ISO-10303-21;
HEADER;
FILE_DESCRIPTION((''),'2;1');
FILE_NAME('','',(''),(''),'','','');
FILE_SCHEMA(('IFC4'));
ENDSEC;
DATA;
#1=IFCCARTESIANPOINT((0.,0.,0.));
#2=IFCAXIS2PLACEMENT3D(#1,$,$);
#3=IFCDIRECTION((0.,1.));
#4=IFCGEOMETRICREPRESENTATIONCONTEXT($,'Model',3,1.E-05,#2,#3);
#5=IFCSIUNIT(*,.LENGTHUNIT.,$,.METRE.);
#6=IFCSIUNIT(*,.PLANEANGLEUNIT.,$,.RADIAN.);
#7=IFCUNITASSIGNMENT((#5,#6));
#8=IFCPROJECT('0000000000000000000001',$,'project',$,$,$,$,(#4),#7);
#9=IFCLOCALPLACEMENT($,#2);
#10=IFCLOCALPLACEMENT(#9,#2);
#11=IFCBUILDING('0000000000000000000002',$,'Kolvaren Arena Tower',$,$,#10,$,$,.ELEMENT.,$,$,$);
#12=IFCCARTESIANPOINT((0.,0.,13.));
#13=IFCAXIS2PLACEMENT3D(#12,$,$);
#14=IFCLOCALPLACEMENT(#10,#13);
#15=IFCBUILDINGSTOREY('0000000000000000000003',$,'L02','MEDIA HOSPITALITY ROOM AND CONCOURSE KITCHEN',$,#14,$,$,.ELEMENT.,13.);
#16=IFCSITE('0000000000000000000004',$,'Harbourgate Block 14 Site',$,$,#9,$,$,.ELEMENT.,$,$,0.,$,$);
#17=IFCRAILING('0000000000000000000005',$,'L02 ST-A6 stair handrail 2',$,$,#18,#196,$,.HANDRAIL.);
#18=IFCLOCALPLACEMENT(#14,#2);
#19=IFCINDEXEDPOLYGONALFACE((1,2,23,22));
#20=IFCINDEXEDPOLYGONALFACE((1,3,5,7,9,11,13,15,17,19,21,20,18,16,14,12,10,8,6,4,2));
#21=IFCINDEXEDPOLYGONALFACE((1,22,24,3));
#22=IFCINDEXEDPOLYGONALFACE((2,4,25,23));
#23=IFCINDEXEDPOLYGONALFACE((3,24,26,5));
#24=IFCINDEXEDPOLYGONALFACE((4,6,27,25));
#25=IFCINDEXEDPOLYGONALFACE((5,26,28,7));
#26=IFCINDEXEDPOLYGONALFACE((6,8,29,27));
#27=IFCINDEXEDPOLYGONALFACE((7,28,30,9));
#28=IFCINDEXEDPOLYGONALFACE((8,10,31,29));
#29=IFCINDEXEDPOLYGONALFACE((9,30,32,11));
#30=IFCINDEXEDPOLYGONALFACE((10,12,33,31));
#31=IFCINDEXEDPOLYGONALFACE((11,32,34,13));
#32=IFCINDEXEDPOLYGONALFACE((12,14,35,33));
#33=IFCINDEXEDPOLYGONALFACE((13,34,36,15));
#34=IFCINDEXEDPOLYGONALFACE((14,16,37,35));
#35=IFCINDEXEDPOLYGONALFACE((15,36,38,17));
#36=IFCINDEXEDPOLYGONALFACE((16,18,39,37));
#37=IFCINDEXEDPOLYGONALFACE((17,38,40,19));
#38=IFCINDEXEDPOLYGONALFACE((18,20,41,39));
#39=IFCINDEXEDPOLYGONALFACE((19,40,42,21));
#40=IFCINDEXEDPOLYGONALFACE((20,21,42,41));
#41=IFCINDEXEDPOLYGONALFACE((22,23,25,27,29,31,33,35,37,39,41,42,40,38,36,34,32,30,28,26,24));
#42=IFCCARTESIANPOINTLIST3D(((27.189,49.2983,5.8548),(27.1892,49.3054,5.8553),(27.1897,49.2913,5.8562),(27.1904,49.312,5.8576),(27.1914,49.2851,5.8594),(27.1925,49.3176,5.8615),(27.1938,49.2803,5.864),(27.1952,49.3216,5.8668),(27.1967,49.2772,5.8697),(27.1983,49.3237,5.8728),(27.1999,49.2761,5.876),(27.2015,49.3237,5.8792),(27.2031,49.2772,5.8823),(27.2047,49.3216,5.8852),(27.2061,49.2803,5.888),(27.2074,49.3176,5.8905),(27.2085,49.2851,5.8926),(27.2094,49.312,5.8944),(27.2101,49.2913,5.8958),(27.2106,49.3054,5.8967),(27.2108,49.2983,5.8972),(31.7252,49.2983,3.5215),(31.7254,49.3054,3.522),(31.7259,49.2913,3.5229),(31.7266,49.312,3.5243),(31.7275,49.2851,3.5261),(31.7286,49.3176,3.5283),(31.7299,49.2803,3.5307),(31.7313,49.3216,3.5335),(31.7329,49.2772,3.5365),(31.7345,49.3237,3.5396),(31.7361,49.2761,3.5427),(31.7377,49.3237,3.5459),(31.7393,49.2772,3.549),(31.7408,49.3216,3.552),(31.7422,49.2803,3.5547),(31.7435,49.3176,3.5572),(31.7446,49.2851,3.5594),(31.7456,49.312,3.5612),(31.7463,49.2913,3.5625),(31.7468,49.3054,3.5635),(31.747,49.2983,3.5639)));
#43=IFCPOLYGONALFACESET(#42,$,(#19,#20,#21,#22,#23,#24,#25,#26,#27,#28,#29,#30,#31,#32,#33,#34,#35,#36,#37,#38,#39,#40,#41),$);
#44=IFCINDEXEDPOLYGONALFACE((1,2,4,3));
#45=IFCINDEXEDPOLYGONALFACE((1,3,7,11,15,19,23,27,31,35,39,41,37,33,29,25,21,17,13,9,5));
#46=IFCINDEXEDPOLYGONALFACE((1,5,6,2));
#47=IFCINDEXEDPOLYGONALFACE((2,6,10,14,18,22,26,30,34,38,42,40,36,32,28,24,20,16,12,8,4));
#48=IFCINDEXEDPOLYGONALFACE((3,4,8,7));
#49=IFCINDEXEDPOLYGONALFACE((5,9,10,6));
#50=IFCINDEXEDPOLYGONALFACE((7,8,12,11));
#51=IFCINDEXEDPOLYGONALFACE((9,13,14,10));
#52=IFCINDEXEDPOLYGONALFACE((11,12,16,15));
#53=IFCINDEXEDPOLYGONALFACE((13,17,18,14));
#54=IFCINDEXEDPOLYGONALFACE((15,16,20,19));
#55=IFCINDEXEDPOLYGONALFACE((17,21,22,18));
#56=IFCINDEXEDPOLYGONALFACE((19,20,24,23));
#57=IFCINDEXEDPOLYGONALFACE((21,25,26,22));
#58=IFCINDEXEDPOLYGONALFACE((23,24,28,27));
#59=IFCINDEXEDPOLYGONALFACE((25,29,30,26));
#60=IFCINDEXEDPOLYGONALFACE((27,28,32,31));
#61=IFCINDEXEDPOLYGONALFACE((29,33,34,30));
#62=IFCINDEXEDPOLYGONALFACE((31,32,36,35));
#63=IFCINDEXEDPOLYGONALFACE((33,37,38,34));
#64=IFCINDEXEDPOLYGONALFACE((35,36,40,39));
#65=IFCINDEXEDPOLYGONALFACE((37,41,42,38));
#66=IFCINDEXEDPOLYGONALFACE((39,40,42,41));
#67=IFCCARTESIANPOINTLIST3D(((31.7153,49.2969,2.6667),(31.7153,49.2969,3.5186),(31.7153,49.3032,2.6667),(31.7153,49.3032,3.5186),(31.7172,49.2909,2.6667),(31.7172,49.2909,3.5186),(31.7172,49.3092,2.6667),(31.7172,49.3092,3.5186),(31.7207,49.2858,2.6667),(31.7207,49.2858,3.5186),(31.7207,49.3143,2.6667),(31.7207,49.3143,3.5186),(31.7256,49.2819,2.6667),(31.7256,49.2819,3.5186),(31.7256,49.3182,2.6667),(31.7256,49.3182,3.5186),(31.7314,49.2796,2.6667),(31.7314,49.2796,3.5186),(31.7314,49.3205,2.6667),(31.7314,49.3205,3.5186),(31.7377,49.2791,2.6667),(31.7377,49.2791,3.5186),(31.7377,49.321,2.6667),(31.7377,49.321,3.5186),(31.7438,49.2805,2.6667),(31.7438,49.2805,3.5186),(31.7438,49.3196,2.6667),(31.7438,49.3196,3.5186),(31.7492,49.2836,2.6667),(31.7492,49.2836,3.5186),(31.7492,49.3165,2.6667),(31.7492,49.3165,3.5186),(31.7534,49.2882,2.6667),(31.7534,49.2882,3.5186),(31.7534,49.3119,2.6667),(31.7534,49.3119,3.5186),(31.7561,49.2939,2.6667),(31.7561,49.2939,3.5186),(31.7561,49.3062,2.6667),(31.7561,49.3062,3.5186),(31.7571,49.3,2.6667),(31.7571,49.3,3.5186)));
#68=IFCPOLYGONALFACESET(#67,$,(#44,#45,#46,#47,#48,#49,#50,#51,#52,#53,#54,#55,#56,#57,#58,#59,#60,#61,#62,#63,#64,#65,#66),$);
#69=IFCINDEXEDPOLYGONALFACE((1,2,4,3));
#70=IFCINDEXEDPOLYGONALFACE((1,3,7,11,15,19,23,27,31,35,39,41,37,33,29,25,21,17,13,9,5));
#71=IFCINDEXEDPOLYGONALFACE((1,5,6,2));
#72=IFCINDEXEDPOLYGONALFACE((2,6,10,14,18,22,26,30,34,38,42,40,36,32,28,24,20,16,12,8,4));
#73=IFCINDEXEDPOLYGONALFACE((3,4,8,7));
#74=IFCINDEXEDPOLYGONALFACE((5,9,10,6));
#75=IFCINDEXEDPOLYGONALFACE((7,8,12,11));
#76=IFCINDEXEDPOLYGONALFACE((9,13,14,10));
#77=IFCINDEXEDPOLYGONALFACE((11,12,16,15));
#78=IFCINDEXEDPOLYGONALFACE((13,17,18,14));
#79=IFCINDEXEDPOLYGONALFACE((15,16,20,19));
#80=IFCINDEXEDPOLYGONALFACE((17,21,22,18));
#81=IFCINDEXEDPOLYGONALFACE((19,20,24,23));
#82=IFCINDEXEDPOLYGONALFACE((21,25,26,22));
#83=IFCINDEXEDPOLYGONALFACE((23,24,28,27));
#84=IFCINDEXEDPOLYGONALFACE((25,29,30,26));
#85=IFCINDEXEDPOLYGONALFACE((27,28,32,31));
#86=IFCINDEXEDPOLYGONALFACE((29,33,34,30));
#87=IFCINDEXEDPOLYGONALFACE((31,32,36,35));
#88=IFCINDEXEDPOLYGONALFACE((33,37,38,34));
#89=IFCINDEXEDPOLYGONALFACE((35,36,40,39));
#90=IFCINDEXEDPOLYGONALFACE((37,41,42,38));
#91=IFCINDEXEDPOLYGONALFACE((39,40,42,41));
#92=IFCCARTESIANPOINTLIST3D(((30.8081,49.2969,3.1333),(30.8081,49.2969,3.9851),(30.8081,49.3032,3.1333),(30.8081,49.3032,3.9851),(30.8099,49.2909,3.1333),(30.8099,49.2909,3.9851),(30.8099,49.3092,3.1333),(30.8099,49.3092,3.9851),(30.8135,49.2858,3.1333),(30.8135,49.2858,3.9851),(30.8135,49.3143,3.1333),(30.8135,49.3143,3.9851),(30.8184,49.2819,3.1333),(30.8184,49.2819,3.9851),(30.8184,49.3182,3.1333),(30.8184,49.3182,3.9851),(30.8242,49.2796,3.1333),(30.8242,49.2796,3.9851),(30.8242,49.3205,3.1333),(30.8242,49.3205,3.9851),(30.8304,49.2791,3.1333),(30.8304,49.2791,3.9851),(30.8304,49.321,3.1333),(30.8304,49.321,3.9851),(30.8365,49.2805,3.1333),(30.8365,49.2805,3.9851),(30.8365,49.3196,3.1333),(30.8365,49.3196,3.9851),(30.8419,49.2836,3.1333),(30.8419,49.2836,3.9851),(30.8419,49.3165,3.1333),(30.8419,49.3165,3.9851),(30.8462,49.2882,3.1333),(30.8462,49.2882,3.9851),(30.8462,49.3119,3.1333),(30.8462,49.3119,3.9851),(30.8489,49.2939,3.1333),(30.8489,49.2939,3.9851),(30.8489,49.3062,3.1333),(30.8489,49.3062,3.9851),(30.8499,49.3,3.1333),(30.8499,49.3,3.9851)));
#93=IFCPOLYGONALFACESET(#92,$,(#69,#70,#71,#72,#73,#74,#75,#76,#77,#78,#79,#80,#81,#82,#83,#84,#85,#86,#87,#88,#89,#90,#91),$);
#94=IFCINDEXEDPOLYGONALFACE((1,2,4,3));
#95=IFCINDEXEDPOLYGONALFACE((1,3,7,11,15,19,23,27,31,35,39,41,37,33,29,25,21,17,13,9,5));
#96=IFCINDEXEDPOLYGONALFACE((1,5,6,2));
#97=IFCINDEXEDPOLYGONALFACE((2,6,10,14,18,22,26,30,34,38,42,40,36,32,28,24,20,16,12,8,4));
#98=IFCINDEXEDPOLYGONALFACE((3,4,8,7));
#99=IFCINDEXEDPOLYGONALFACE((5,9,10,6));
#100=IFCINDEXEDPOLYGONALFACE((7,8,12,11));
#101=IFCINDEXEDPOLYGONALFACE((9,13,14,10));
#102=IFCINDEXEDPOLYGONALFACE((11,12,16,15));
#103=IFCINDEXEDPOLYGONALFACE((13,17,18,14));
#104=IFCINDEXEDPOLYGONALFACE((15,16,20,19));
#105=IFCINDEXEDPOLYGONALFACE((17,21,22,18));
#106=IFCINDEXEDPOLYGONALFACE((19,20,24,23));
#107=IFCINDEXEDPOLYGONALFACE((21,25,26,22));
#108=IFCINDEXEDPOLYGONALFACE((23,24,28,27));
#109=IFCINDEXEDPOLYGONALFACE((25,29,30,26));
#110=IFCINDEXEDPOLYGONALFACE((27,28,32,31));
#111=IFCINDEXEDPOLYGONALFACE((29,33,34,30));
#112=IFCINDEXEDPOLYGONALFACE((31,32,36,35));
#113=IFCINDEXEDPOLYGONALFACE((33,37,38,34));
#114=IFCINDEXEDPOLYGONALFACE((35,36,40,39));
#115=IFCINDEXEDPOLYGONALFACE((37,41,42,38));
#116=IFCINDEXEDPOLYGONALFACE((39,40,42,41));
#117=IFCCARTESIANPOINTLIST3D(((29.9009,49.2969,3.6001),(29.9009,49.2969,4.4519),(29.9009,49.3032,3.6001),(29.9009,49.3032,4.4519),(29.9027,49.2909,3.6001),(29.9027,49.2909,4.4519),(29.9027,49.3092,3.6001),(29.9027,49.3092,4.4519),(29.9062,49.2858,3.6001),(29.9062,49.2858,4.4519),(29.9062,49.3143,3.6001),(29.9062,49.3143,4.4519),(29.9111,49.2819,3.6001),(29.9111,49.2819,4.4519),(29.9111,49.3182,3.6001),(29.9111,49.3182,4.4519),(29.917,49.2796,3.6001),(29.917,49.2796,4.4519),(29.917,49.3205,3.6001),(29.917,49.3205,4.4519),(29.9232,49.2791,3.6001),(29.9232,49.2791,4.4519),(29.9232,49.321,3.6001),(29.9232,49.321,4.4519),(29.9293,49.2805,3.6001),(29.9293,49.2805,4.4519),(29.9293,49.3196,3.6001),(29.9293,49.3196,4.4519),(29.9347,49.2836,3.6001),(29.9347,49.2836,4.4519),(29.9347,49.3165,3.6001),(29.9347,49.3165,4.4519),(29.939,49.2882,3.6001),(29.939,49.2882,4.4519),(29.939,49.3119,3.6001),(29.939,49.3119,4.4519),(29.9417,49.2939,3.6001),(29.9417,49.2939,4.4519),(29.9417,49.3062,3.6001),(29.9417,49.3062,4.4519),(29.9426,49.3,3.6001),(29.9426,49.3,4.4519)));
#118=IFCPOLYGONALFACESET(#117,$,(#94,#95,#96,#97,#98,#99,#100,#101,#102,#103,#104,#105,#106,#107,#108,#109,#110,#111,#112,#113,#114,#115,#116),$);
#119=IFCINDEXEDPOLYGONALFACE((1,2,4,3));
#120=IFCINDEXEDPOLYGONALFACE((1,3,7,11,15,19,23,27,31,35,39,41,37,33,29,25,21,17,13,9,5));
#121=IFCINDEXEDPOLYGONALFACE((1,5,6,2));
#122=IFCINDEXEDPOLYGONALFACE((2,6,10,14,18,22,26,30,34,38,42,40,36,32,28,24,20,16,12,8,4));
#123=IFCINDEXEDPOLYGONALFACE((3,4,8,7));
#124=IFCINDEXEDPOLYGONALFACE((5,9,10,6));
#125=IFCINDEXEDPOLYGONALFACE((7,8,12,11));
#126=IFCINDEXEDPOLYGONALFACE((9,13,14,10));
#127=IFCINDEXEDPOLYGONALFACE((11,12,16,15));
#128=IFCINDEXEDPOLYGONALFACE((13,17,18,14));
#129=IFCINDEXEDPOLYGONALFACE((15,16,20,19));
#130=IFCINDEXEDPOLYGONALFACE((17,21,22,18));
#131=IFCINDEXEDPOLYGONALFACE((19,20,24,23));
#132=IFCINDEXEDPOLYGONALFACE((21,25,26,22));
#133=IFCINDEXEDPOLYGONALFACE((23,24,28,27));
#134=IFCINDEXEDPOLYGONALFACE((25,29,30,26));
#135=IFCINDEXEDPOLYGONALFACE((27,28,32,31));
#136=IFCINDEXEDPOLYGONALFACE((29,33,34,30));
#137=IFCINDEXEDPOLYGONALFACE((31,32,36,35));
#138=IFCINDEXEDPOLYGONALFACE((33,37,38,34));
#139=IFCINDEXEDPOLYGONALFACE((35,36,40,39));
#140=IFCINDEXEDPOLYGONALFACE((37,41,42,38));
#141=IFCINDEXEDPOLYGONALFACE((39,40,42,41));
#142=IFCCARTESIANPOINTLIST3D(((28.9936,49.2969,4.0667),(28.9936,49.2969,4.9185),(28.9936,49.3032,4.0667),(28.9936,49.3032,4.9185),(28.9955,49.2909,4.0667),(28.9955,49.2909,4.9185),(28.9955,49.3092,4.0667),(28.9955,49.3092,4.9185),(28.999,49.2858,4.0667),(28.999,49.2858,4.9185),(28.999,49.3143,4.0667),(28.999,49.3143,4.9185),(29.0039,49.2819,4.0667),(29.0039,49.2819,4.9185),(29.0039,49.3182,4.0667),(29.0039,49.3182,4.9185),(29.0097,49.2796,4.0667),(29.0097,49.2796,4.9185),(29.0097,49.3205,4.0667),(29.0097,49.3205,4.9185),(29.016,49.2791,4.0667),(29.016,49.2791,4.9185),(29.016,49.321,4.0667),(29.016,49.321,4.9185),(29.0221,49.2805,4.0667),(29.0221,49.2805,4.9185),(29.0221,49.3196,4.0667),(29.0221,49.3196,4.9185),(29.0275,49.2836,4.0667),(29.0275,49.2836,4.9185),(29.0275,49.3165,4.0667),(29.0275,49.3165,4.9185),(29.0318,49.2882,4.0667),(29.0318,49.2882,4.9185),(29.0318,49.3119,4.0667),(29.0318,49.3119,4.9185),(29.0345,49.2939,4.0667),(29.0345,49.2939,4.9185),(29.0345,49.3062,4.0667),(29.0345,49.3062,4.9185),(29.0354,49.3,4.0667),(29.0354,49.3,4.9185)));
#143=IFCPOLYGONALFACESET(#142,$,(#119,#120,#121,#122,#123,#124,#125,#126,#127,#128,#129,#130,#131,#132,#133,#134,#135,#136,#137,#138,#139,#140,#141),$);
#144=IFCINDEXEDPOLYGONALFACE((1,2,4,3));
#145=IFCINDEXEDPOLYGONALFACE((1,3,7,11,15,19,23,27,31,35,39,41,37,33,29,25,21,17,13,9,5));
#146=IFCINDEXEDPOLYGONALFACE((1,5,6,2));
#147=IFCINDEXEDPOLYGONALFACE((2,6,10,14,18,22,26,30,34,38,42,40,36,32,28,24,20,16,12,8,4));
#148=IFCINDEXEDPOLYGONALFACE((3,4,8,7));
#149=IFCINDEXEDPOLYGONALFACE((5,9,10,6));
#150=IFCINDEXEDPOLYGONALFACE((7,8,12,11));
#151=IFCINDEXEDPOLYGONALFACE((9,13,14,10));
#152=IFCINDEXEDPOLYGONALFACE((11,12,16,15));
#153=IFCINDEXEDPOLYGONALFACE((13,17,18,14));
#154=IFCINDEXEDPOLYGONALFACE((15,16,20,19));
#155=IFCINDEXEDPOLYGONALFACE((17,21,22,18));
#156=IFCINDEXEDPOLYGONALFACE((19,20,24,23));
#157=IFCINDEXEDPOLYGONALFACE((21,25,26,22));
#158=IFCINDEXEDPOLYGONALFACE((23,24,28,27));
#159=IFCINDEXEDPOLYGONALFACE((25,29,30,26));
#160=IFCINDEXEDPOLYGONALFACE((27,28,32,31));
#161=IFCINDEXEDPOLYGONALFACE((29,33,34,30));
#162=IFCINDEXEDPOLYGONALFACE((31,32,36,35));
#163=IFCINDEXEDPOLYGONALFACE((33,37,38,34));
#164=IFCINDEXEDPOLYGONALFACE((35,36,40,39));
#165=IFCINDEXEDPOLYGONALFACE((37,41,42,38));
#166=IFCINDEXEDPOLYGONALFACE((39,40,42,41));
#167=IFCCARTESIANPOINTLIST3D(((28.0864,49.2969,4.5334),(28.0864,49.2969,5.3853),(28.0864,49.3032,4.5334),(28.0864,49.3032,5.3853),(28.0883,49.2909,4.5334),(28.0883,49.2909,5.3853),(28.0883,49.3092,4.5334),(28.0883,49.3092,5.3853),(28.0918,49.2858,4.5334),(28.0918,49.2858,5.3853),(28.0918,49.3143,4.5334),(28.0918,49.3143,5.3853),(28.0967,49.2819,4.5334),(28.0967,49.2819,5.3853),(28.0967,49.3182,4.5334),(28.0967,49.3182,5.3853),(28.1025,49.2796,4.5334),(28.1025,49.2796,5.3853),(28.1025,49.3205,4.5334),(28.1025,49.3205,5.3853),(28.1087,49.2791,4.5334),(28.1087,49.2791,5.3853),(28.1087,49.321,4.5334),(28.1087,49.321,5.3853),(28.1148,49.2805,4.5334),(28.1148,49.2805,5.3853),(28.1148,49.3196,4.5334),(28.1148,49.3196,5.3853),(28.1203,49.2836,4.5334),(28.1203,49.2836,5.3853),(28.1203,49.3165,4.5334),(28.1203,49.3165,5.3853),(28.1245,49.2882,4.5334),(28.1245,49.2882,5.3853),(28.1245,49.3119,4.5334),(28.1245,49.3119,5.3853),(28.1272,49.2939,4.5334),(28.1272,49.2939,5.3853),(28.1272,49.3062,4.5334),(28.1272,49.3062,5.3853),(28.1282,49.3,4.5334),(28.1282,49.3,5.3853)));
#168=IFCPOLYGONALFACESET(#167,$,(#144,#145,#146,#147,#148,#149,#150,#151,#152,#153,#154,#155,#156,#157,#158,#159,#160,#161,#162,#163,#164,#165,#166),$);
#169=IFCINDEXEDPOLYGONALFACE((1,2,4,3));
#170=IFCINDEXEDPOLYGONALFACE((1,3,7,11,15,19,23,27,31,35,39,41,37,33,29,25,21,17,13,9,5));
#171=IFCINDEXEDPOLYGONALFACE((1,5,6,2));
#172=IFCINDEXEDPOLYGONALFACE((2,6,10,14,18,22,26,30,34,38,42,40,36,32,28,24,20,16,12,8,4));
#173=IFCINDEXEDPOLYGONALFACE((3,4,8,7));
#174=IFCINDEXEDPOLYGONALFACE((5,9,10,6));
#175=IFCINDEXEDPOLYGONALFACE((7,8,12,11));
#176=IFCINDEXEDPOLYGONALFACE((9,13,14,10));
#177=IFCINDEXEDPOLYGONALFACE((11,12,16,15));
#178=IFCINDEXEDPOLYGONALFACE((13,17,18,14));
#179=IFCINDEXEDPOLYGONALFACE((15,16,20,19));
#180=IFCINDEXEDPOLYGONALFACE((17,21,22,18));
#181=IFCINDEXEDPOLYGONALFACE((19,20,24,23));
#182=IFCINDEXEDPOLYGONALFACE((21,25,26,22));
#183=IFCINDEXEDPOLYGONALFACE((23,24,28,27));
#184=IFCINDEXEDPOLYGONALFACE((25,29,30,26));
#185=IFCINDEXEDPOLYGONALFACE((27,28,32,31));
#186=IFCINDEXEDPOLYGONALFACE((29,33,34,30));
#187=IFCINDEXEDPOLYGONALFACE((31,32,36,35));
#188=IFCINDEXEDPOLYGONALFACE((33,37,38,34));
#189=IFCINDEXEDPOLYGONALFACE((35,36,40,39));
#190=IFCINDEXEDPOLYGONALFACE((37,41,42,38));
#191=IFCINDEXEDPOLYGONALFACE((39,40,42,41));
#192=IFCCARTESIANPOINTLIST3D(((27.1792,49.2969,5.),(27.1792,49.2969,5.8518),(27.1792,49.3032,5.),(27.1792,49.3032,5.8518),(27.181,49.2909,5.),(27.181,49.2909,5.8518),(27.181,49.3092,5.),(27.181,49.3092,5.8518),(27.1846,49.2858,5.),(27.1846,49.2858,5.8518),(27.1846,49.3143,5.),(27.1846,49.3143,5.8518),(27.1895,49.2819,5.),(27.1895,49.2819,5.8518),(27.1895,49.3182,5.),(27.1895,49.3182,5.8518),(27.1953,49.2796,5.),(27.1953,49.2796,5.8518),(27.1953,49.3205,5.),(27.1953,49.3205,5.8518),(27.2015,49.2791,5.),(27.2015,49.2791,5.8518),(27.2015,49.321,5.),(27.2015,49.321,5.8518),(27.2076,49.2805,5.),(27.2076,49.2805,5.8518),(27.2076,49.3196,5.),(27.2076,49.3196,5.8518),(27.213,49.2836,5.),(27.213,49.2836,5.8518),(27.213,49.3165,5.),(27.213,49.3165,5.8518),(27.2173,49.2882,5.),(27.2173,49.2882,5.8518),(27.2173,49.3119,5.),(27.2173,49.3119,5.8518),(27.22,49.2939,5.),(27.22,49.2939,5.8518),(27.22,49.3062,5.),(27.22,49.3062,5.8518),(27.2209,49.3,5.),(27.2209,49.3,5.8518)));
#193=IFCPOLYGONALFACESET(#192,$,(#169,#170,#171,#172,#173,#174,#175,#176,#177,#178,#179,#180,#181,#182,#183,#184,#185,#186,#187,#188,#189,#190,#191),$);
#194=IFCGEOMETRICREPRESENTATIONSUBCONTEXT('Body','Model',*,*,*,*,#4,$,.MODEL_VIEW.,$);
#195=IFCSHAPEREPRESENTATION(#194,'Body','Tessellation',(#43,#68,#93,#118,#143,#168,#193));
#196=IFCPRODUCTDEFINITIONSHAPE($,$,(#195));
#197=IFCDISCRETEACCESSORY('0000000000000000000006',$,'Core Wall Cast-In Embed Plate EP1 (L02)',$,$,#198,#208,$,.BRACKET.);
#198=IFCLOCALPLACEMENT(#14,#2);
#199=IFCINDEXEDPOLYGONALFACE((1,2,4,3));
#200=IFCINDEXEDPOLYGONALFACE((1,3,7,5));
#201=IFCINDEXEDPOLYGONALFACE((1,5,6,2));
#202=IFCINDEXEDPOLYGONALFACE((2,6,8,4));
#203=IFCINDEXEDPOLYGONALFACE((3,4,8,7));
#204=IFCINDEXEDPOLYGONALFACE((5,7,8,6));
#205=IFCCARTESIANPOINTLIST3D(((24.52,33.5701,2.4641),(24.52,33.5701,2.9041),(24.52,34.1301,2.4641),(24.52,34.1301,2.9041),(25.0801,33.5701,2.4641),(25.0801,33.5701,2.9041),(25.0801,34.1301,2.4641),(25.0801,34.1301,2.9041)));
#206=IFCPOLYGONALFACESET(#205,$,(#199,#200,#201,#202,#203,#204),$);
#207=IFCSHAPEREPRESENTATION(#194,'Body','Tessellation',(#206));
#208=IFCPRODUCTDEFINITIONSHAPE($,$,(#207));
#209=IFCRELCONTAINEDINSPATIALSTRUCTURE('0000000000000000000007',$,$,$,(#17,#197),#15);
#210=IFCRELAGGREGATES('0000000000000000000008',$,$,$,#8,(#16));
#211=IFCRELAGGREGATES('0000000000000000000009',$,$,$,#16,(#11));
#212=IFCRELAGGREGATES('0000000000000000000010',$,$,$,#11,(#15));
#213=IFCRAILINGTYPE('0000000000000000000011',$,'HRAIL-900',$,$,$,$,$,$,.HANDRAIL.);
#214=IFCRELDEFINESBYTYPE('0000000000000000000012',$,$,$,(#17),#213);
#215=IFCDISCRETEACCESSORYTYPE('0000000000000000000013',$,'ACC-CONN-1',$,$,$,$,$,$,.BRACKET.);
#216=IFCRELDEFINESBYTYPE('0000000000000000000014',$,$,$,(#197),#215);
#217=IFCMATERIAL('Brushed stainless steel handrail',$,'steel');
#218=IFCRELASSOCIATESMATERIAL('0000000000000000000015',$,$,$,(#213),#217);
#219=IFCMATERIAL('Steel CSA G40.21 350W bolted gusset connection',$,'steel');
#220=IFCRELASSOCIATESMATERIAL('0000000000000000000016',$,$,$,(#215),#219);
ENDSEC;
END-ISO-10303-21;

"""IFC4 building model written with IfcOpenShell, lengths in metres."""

from ifc_helpers import new_model, si_unit, direction, frame, origin, origin_2d, place, context, subcontext, project, spatial, rectangle, circle, extrude, material, type_object, element, save


model = new_model("IFC4")

# Units and contexts
model_context = context("Model", 3, precision=1e-05, world=origin(), true_north=direction((0.0, 1.0)))
body_context = subcontext(model_context, "Body", "Model", "MODEL_VIEW")
ifc_project = project(units=[si_unit("LENGTHUNIT", "METRE"), si_unit("PLANEANGLEUNIT", "RADIAN")], contexts=[model_context])

# Site, building, storey
site_placement = place(None, origin())
site = spatial("IfcSite", under=ifc_project, at=site_placement, Name="Harbourgate Block 14 Site", CompositionType="ELEMENT", RefElevation=0.0)
building_placement = place(site_placement, origin())
building = spatial("IfcBuilding", under=site, at=building_placement, Name="Kolvaren Arena Tower", CompositionType="ELEMENT")
storey_placement = place(building_placement, frame((0.0, 0.0, 13.0)))
storey = spatial("IfcBuildingStorey", under=building, at=storey_placement, Name="L02", Description="MEDIA HOSPITALITY ROOM AND CONCOURSE KITCHEN", CompositionType="ELEMENT", Elevation=13.0)

# Railing
ifc_material_1 = material(Name="Brushed stainless steel handrail", Category="steel")
railing_type_1 = type_object("IfcRailingType", Name="HRAIL-900", PredefinedType="HANDRAIL", material=ifc_material_1)
railing_1_placement = place(storey_placement, frame((31.7361, 49.3, 2.6667)))
element("IfcRailing", 1, at=railing_1_placement, inside=storey, type_object=railing_type_1, Name="L02 ST-A6 stair handrail 2", PredefinedType="HANDRAIL", context=body_context, shape_type="SweptSolid", body=[
    extrude(circle(Radius=0.0239, at=origin_2d()), frame((0.0, 0.0, 0.876), z_axis=(-0.889257, 0.0, 0.457407), x_axis=(0.0, -1.0, 0.0)), (0.0, 0.0, 1.0), 5.1011),
    extrude(circle(Radius=0.021, at=origin_2d()), origin(), (0.0, 0.0, 1.0), 0.8518),
    extrude(circle(Radius=0.021, at=origin_2d()), frame((-0.9072, 0.0, 0.4666)), (0.0, 0.0, 1.0), 0.8518),
    extrude(circle(Radius=0.021, at=origin_2d()), frame((-1.8145, 0.0, 0.9333)), (0.0, 0.0, 1.0), 0.8518),
    extrude(circle(Radius=0.021, at=origin_2d()), frame((-2.7217, 0.0, 1.3999)), (0.0, 0.0, 1.0), 0.8518),
    extrude(circle(Radius=0.021, at=origin_2d()), frame((-3.6289, 0.0, 1.8667)), (0.0, 0.0, 1.0), 0.8518),
    extrude(circle(Radius=0.021, at=origin_2d()), frame((-4.5361, 0.0, 2.3333)), (0.0, 0.0, 1.0), 0.8518),
])

# Discrete accessory
ifc_material_2 = material(Name="Steel CSA G40.21 350W bolted gusset connection", Category="steel")
discrete_accessory_type = type_object("IfcDiscreteAccessoryType", Name="ACC-CONN-1", PredefinedType="BRACKET", material=ifc_material_2)
discrete_accessory_placement = place(storey_placement, frame((24.8, 33.8501, 2.4641), z_axis=(0.0, 0.0, 1.0), x_axis=(1.0, 0.0, 0.0)))
element("IfcDiscreteAccessory", 2, at=discrete_accessory_placement, inside=storey, type_object=discrete_accessory_type, Name="Core Wall Cast-In Embed Plate EP1 (L02)", PredefinedType="BRACKET", context=body_context, shape_type="SweptSolid", body=[
    extrude(rectangle(XDim=0.5601, YDim=0.5601, at=origin_2d()), origin(), (0.0, 0.0, 1.0), 0.4399),
])

save(model, "model.ifc")
